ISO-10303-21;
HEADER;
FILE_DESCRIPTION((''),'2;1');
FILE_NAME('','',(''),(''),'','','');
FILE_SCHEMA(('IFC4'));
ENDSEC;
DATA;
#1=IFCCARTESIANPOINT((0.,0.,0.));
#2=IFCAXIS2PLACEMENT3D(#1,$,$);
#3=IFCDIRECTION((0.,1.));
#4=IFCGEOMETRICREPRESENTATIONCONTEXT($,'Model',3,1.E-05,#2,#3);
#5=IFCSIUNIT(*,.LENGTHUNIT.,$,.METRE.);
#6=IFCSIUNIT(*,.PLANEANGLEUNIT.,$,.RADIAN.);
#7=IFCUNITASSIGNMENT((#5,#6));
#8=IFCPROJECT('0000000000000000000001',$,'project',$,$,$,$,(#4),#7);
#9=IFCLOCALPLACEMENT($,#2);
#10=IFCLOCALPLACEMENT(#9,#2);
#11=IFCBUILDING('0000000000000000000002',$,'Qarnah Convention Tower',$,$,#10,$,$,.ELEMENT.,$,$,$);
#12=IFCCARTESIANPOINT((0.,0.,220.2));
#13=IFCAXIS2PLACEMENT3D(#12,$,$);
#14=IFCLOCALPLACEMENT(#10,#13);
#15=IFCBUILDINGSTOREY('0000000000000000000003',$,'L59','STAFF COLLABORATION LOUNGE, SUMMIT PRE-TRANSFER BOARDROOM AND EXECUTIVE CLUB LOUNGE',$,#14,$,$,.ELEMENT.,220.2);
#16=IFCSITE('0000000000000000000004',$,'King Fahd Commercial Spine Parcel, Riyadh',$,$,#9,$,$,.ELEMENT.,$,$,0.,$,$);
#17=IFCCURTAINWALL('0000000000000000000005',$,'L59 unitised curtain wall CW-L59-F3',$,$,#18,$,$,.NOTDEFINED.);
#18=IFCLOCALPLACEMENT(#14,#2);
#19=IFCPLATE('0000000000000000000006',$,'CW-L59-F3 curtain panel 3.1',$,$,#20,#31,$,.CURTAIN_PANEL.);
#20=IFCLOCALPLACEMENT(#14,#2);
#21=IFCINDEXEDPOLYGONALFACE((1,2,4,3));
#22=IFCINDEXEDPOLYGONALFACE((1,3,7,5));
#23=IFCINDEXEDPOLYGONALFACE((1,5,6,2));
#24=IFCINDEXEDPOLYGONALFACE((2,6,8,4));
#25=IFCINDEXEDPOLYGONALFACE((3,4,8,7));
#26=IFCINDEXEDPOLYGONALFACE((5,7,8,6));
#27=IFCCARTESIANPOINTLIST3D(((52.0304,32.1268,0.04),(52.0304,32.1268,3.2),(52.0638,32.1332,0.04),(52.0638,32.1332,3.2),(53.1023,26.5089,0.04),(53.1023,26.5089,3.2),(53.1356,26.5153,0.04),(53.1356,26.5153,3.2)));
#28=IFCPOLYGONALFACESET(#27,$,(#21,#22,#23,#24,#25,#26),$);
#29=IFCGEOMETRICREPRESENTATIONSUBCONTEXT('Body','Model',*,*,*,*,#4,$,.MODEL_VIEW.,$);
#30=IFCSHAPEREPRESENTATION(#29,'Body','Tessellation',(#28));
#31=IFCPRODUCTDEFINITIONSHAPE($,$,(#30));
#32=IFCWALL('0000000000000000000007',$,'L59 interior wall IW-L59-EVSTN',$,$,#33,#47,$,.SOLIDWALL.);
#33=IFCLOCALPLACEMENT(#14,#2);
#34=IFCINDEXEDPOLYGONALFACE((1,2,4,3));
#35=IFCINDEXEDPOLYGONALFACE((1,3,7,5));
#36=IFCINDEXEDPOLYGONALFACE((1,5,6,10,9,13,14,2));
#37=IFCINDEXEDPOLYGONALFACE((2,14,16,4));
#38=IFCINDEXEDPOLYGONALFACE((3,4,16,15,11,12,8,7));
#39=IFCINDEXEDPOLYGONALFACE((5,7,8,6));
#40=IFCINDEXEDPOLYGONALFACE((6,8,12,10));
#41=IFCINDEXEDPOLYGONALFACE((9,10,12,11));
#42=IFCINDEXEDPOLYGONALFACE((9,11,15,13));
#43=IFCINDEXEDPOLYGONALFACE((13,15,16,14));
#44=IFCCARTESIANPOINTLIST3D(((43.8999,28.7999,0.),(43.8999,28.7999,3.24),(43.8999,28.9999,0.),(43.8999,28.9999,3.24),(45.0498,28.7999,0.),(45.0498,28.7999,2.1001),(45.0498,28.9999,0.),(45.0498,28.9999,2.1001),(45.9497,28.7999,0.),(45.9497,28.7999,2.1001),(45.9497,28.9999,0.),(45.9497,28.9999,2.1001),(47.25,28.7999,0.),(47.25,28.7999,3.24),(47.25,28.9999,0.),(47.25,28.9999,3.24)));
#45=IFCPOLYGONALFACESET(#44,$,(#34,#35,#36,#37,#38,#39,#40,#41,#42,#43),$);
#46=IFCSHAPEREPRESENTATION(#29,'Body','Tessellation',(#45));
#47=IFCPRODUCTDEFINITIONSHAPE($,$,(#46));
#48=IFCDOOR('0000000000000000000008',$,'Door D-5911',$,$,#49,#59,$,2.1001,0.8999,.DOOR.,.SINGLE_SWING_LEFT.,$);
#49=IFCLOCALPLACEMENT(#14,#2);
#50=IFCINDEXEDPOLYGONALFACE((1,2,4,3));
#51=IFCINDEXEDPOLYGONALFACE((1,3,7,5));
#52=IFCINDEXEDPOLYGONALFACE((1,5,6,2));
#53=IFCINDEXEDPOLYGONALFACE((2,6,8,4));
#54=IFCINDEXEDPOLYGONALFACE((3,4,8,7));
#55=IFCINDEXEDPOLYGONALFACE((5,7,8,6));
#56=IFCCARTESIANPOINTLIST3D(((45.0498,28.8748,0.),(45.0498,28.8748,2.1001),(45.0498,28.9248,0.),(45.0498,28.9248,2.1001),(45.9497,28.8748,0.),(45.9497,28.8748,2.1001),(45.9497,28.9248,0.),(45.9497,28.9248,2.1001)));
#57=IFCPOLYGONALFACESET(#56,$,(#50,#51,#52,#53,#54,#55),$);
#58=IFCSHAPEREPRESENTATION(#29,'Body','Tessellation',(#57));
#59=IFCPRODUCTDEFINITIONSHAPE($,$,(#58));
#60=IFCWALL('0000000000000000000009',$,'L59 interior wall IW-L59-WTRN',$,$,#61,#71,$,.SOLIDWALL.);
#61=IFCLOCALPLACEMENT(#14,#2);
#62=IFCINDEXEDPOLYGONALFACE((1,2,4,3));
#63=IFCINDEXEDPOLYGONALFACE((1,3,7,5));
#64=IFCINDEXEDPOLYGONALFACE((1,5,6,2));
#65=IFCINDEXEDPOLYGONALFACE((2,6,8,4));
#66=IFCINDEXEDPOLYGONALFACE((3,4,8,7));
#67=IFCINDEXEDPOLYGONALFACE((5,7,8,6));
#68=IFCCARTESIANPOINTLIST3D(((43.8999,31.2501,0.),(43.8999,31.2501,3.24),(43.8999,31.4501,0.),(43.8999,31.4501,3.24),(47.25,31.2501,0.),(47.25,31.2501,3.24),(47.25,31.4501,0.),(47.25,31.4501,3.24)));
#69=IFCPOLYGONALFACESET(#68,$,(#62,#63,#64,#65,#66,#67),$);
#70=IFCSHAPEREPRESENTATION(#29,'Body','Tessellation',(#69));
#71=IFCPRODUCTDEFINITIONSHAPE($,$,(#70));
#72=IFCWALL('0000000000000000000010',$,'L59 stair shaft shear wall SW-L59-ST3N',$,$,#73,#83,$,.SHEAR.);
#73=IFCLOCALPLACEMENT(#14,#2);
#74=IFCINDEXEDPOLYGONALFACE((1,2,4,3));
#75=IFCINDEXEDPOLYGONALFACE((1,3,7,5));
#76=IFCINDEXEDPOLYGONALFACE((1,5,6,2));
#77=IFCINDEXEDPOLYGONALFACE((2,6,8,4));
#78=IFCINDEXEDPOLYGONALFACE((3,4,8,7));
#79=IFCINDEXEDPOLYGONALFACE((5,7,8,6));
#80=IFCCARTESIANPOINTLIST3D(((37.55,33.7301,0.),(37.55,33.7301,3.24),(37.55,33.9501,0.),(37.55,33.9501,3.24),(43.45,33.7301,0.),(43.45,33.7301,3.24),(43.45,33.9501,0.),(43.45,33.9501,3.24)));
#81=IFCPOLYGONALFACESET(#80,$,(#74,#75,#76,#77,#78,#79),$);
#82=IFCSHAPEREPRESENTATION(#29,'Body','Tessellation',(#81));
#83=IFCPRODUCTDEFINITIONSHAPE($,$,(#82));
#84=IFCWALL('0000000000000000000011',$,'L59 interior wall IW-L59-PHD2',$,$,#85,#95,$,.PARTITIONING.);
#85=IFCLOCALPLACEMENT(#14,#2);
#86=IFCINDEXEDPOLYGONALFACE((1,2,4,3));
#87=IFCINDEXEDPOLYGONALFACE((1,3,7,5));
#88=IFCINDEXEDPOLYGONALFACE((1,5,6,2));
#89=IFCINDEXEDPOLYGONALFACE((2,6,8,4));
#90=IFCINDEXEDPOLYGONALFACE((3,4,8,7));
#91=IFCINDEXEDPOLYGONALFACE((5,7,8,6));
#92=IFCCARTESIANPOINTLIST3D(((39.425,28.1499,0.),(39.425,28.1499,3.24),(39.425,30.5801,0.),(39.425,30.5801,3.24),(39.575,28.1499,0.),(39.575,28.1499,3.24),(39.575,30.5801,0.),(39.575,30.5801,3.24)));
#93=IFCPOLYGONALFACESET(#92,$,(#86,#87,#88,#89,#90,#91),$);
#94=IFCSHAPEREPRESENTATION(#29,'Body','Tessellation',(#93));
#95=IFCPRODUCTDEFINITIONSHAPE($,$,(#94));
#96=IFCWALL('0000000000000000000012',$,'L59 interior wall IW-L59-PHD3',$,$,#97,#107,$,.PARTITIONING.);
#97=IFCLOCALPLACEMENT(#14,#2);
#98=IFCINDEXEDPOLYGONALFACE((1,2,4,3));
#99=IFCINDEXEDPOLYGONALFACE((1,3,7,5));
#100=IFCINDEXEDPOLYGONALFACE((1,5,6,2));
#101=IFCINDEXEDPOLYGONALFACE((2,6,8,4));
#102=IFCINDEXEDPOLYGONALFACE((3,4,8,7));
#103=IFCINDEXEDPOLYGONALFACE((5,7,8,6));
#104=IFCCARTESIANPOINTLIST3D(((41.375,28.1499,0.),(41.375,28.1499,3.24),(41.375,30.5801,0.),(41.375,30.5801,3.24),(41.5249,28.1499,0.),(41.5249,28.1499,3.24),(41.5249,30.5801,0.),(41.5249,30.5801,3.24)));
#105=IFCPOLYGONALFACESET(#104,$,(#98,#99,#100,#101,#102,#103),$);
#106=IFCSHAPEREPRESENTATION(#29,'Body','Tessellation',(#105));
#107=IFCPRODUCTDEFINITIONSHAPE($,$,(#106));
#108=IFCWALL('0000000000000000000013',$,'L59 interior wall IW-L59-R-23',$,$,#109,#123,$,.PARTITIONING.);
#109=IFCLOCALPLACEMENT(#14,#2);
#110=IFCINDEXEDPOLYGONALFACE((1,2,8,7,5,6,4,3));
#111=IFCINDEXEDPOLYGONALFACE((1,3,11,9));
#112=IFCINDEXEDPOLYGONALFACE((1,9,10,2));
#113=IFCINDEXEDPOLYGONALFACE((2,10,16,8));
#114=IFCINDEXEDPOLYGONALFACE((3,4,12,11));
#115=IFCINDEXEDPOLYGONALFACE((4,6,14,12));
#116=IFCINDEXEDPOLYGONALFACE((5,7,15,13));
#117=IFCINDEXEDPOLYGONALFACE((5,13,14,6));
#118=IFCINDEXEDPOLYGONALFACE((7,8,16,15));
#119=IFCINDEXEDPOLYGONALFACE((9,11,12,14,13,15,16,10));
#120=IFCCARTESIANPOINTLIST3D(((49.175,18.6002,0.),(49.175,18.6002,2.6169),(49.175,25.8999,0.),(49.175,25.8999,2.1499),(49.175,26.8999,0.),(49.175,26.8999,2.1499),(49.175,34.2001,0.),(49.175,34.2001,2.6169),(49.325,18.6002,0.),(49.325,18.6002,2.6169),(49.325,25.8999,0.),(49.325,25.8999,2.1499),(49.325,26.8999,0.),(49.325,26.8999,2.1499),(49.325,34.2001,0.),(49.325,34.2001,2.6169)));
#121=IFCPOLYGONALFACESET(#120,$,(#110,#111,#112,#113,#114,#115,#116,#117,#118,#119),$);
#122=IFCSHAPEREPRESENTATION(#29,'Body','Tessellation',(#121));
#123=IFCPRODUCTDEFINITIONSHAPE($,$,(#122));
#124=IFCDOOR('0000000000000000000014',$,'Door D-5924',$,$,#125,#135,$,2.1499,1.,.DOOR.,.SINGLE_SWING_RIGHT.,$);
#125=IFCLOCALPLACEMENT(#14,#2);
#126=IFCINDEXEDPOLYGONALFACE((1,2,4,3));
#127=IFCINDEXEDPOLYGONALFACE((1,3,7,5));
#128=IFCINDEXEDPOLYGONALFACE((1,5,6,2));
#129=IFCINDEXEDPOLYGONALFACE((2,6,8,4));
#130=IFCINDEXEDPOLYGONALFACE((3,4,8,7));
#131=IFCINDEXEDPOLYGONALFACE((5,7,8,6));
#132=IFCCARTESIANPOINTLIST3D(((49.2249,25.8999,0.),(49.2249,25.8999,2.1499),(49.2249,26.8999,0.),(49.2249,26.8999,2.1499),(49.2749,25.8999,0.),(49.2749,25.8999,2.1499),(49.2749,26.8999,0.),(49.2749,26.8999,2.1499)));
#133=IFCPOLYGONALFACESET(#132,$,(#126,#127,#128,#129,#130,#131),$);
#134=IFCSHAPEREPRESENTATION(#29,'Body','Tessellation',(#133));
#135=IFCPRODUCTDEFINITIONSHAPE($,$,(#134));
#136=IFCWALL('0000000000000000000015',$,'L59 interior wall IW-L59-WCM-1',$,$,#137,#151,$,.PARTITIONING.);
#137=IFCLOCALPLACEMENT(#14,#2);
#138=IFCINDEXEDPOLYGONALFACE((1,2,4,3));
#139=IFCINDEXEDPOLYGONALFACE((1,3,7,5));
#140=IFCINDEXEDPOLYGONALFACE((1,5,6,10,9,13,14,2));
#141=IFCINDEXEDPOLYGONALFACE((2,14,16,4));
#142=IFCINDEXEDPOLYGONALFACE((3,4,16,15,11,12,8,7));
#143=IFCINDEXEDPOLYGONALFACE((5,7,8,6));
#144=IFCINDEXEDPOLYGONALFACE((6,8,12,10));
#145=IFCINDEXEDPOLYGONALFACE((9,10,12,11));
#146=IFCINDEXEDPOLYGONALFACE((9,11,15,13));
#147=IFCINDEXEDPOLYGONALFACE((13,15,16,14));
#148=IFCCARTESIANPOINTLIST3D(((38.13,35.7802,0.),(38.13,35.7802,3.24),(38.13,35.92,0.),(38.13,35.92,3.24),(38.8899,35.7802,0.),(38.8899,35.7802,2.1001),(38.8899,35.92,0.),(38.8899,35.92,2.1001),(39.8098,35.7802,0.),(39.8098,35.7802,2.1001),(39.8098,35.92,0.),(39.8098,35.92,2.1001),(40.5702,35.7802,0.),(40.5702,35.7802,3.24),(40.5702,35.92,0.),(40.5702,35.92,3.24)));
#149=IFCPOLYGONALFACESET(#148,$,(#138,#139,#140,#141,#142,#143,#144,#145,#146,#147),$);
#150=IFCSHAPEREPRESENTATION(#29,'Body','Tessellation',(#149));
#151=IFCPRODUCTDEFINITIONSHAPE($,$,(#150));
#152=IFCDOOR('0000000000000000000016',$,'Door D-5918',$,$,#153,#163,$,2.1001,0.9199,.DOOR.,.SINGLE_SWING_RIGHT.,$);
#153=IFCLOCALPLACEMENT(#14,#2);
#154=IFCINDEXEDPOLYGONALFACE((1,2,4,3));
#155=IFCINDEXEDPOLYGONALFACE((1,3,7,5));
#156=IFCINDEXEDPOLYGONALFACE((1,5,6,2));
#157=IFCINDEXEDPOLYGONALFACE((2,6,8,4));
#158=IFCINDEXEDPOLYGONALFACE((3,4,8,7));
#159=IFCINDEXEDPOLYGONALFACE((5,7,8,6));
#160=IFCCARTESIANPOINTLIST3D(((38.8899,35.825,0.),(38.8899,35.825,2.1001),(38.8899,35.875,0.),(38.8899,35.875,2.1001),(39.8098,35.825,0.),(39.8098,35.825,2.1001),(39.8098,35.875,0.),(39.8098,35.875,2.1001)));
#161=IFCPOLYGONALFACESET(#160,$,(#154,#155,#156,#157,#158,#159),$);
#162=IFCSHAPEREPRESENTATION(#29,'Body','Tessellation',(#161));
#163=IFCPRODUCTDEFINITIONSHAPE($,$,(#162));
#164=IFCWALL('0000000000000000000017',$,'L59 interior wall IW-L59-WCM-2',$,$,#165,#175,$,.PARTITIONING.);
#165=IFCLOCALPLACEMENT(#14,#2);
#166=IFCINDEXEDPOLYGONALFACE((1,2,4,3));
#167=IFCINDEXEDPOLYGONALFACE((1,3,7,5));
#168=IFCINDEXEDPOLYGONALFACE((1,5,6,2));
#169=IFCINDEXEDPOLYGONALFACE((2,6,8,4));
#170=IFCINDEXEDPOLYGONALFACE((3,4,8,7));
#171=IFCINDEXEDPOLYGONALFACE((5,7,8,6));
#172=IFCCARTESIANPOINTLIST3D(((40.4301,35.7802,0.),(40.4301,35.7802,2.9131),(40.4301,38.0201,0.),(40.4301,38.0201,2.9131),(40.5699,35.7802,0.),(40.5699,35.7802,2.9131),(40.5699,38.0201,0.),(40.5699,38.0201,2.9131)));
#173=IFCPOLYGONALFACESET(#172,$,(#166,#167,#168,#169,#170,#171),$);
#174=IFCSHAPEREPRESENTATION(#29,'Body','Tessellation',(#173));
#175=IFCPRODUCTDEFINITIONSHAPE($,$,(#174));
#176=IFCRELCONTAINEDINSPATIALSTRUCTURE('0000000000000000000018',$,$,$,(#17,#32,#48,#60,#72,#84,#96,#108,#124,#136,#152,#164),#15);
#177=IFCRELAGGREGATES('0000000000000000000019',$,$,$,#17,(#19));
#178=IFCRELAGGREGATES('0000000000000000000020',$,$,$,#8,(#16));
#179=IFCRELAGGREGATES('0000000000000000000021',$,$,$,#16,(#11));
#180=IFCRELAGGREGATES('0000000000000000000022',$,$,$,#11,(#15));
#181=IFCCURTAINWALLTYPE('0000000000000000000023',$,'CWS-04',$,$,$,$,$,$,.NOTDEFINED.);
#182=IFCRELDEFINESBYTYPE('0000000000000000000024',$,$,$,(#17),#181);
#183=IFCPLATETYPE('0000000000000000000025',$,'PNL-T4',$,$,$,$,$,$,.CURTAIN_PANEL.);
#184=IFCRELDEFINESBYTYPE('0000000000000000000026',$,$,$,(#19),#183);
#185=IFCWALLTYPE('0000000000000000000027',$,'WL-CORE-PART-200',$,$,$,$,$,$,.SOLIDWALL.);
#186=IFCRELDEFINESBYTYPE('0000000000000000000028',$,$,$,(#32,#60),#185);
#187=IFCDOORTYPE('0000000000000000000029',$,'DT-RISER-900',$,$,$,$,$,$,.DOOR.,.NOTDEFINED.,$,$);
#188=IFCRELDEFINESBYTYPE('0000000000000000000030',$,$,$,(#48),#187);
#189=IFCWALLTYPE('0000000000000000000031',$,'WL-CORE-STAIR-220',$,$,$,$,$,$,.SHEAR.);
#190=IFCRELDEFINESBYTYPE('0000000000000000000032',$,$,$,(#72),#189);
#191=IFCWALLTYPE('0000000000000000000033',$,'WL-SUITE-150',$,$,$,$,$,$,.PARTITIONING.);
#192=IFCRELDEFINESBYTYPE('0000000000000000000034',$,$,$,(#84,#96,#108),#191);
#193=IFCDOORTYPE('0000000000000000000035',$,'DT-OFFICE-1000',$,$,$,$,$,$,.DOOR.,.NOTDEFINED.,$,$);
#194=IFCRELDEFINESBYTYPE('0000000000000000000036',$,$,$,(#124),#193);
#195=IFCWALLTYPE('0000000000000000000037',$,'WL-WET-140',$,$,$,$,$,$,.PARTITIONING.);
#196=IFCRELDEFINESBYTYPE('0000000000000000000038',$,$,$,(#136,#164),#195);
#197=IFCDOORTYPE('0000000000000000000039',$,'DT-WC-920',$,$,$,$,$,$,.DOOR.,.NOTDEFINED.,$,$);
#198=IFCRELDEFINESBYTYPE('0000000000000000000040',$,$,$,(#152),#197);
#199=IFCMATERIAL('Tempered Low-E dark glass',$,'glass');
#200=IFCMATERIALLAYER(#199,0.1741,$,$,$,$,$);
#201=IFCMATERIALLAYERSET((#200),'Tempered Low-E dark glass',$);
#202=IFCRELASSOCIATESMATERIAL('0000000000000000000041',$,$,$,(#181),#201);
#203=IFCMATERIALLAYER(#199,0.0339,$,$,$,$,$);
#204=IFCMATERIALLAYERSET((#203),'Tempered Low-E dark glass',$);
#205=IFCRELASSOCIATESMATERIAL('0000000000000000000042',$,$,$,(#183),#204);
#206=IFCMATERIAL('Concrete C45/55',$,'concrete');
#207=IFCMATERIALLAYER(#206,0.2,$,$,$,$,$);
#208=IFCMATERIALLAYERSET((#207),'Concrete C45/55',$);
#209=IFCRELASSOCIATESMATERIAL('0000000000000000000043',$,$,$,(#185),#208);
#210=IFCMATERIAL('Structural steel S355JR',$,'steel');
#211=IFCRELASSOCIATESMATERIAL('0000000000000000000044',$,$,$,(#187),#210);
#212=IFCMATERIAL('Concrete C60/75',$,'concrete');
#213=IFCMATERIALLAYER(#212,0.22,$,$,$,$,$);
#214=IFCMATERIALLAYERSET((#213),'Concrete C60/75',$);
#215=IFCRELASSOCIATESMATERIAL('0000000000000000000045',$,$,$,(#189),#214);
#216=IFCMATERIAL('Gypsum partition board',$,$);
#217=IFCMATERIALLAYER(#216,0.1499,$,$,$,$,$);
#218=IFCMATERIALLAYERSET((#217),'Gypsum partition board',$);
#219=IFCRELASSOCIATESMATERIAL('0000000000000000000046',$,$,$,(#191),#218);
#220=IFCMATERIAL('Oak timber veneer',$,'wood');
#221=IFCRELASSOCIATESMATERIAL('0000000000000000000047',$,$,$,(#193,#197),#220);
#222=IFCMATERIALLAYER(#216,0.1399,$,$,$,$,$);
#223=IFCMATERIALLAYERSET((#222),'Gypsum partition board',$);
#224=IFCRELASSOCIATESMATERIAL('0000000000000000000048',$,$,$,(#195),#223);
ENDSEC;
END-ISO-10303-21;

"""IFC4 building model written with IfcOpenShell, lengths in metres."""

from ifc_helpers import new_model, si_unit, direction, frame, frame_2d, origin, origin_2d, place, context, subcontext, project, spatial, rectangle, extrude, material, layer, layer_set, type_object, element, fill, aggregate, save


model = new_model("IFC4")

# Units and contexts
model_context = context("Model", 3, precision=1e-05, world=origin(), true_north=direction((0.0, 1.0)))
body_context = subcontext(model_context, "Body", "Model", "MODEL_VIEW")
ifc_project = project(units=[si_unit("LENGTHUNIT", "METRE"), si_unit("PLANEANGLEUNIT", "RADIAN")], contexts=[model_context])

# Site, building, storey
site_placement = place(None, origin())
site = spatial("IfcSite", under=ifc_project, at=site_placement, Name="King Fahd Commercial Spine Parcel, Riyadh", CompositionType="ELEMENT", RefElevation=0.0)
building_placement = place(site_placement, origin())
building = spatial("IfcBuilding", under=site, at=building_placement, Name="Qarnah Convention Tower", CompositionType="ELEMENT")
storey_placement = place(building_placement, frame((0.0, 0.0, 220.2)))
storey = spatial("IfcBuildingStorey", under=building, at=storey_placement, Name="L59", Description="STAFF COLLABORATION LOUNGE, SUMMIT PRE-TRANSFER BOARDROOM AND EXECUTIVE CLUB LOUNGE", CompositionType="ELEMENT", Elevation=220.2)

# Shared definitions
ifc_material_1 = material(Name="Structural steel S355JR", Category="steel")

# Curtain wall, plate
ifc_material_2 = material(Name="Tempered Low-E dark glass", Category="glass")
ifc_layer_1 = layer(ifc_material_2, 0.1741)
ifc_layer_set_1 = layer_set([ifc_layer_1], Name="Tempered Low-E dark glass")
curtain_wall_type = type_object("IfcCurtainWallType", Name="CWS-04", PredefinedType="NOTDEFINED", material=ifc_layer_set_1)
curtain_wall_placement = place(storey_placement, origin())
curtain_wall = element("IfcCurtainWall", 1, at=curtain_wall_placement, inside=storey, type_object=curtain_wall_type, Name="L59 unitised curtain wall CW-L59-F3", PredefinedType="NOTDEFINED")
ifc_layer_2 = layer(ifc_material_2, 0.0339)
ifc_layer_set_2 = layer_set([ifc_layer_2], Name="Tempered Low-E dark glass")
plate_type = type_object("IfcPlateType", Name="PNL-T4", PredefinedType="CURTAIN_PANEL", material=ifc_layer_set_2)
plate_1_placement = place(storey_placement, frame((52.583, 29.321, 0.04), z_axis=(0.0, 0.0, 1.0), x_axis=(0.187407, -0.982282, 0.0)))
plate_1 = element("IfcPlate", 2, at=plate_1_placement, type_object=plate_type, Name="CW-L59-F3 curtain panel 3.1", PredefinedType="CURTAIN_PANEL", context=body_context, shape_type="SweptSolid", body=[
    extrude(rectangle(XDim=5.7192, YDim=0.0339, at=origin_2d()), origin(), (0.0, 0.0, 1.0), 3.1599),
])
aggregate(curtain_wall, [plate_1])

# Wall, opening, door
ifc_material_3 = material(Name="Concrete C45/55", Category="concrete")
ifc_layer_3 = layer(ifc_material_3, 0.2)
ifc_layer_set_3 = layer_set([ifc_layer_3], Name="Concrete C45/55")
wall_type_1 = type_object("IfcWallType", Name="WL-CORE-PART-200", PredefinedType="SOLIDWALL", material=ifc_layer_set_3)
wall_1_placement = place(storey_placement, frame((43.8999, 28.8999, 0.0), z_axis=(0.0, 0.0, 1.0), x_axis=(1.0, 0.0, 0.0)))
wall_1 = element("IfcWall", 3, at=wall_1_placement, inside=storey, type_object=wall_type_1, Name="L59 interior wall IW-L59-EVSTN", PredefinedType="SOLIDWALL", context=body_context, shape_type="SweptSolid", body=[
    extrude(rectangle(XDim=3.3501, YDim=0.2, at=frame_2d((1.675, 0.0))), origin(), (0.0, 0.0, 1.0), 3.24),
])
opening_1_placement = place(wall_1_placement, frame((1.1499, 0.0, 0.0)))
opening_1 = element("IfcOpeningElement", 4, at=opening_1_placement, cuts=wall_1, PredefinedType="OPENING", context=body_context, shape_type="SweptSolid", body=[
    extrude(rectangle(XDim=0.8999, YDim=2.1001, at=frame_2d((0.45, 1.05))), frame((0.0, 0.1099, 0.0), z_axis=(0.0, -1.0, 0.0), x_axis=(1.0, 0.0, 0.0)), (0.0, 0.0, 1.0), 0.22),
])
door_type_1 = type_object("IfcDoorType", Name="DT-RISER-900", OperationType="NOTDEFINED", PredefinedType="DOOR", material=ifc_material_1)
door_1_placement = place(opening_1_placement, origin())
door_1 = element("IfcDoor", 5, at=door_1_placement, inside=storey, type_object=door_type_1, Name="Door D-5911", OperationType="SINGLE_SWING_LEFT", OverallHeight=2.1001, OverallWidth=0.8999, PredefinedType="DOOR", context=body_context, shape_type="SweptSolid", body=[
    extrude(rectangle(XDim=0.8999, YDim=2.1001, at=frame_2d((0.45, 1.05))), frame((0.0, 0.0249, 0.0), z_axis=(0.0, -1.0, 0.0), x_axis=(1.0, 0.0, 0.0)), (0.0, 0.0, 1.0), 0.05),
])
fill(opening_1, door_1)

# Walls
wall_2_placement = place(storey_placement, frame((43.8999, 31.3501, 0.0), z_axis=(0.0, 0.0, 1.0), x_axis=(1.0, 0.0, 0.0)))
element("IfcWall", 6, at=wall_2_placement, inside=storey, type_object=wall_type_1, Name="L59 interior wall IW-L59-WTRN", PredefinedType="SOLIDWALL", context=body_context, shape_type="SweptSolid", body=[
    extrude(rectangle(XDim=3.3501, YDim=0.2, at=frame_2d((1.675, 0.0))), origin(), (0.0, 0.0, 1.0), 3.24),
])
ifc_material_4 = material(Name="Concrete C60/75", Category="concrete")
ifc_layer_4 = layer(ifc_material_4, 0.22)
ifc_layer_set_4 = layer_set([ifc_layer_4], Name="Concrete C60/75")
wall_type_2 = type_object("IfcWallType", Name="WL-CORE-STAIR-220", PredefinedType="SHEAR", material=ifc_layer_set_4)
wall_3_placement = place(storey_placement, frame((37.55, 33.8401, 0.0), z_axis=(0.0, 0.0, 1.0), x_axis=(1.0, 0.0, 0.0)))
element("IfcWall", 7, at=wall_3_placement, inside=storey, type_object=wall_type_2, Name="L59 stair shaft shear wall SW-L59-ST3N", PredefinedType="SHEAR", context=body_context, shape_type="SweptSolid", body=[
    extrude(rectangle(XDim=5.8999, YDim=0.22, at=frame_2d((2.95, 0.0))), origin(), (0.0, 0.0, 1.0), 3.24),
])
ifc_material_5 = material(Name="Gypsum partition board")
ifc_layer_5 = layer(ifc_material_5, 0.1499)
ifc_layer_set_5 = layer_set([ifc_layer_5], Name="Gypsum partition board")
wall_type_3 = type_object("IfcWallType", Name="WL-SUITE-150", PredefinedType="PARTITIONING", material=ifc_layer_set_5)
for number, where, z_axis, x_axis, name in (
    (8, (39.5, 28.1499, 0.0), (0.0, 0.0, 1.0), (0.0, 1.0, 0.0), "L59 interior wall IW-L59-PHD2"),
    (9, (41.45, 28.1499, 0.0), (0.0, 0.0, 1.0), (0.0, 1.0, 0.0), "L59 interior wall IW-L59-PHD3"),
):
    element("IfcWall", number, at=place(storey_placement, frame(where, z_axis=z_axis, x_axis=x_axis)), inside=storey, type_object=wall_type_3, Name=name, PredefinedType="PARTITIONING", context=body_context, shape_type="SweptSolid", body=[
        extrude(rectangle(XDim=2.4302, YDim=0.1499, at=frame_2d((1.2151, 0.0))), origin(), (0.0, 0.0, 1.0), 3.24),
    ])

# Walls, openings, doors
wall_4_placement = place(storey_placement, frame((49.25, 34.2, 0.0), z_axis=(0.0, 0.0, 1.0), x_axis=(0.0, -1.0, 0.0)))
wall_4 = element("IfcWall", 10, at=wall_4_placement, inside=storey, type_object=wall_type_3, Name="L59 interior wall IW-L59-R-23", PredefinedType="PARTITIONING", context=body_context, shape_type="SweptSolid", body=[
    extrude(rectangle(XDim=15.5999, YDim=0.1499, at=frame_2d((7.7998, 0.0))), origin(), (0.0, 0.0, 1.0), 2.6169),
])
opening_2_placement = place(wall_4_placement, frame((7.3, 0.0, 0.0)))
opening_2 = element("IfcOpeningElement", 11, at=opening_2_placement, cuts=wall_4, PredefinedType="OPENING", context=body_context, shape_type="SweptSolid", body=[
    extrude(rectangle(XDim=1.0, YDim=2.1499, at=frame_2d((0.5, 1.075))), frame((0.0, 0.085, 0.0), z_axis=(0.0, -1.0, 0.0), x_axis=(1.0, 0.0, 0.0)), (0.0, 0.0, 1.0), 0.1699),
])
ifc_material_6 = material(Name="Oak timber veneer", Category="wood")
door_type_2 = type_object("IfcDoorType", Name="DT-OFFICE-1000", OperationType="NOTDEFINED", PredefinedType="DOOR", material=ifc_material_6)
door_2_placement = place(opening_2_placement, origin())
door_2 = element("IfcDoor", 12, at=door_2_placement, inside=storey, type_object=door_type_2, Name="Door D-5924", OperationType="SINGLE_SWING_RIGHT", OverallHeight=2.1499, OverallWidth=1.0, PredefinedType="DOOR", context=body_context, shape_type="SweptSolid", body=[
    extrude(rectangle(XDim=1.0, YDim=2.1499, at=frame_2d((0.5, 1.075))), frame((0.0, 0.0249, 0.0), z_axis=(0.0, -1.0, 0.0), x_axis=(1.0, 0.0, 0.0)), (0.0, 0.0, 1.0), 0.05),
])
fill(opening_2, door_2)
ifc_layer_6 = layer(ifc_material_5, 0.1399)
ifc_layer_set_6 = layer_set([ifc_layer_6], Name="Gypsum partition board")
wall_type_4 = type_object("IfcWallType", Name="WL-WET-140", PredefinedType="PARTITIONING", material=ifc_layer_set_6)
wall_5_placement = place(storey_placement, frame((38.1299, 35.8501, 0.0), z_axis=(0.0, 0.0, 1.0), x_axis=(1.0, 0.0, 0.0)))
wall_5 = element("IfcWall", 13, at=wall_5_placement, inside=storey, type_object=wall_type_4, Name="L59 interior wall IW-L59-WCM-1", PredefinedType="PARTITIONING", context=body_context, shape_type="SweptSolid", body=[
    extrude(rectangle(XDim=2.4402, YDim=0.1399, at=frame_2d((1.2202, 0.0))), origin(), (0.0, 0.0, 1.0), 3.24),
])
opening_3_placement = place(wall_5_placement, frame((0.76, 0.0, 0.0)))
opening_3 = element("IfcOpeningElement", 14, at=opening_3_placement, cuts=wall_5, PredefinedType="OPENING", context=body_context, shape_type="SweptSolid", body=[
    extrude(rectangle(XDim=0.9199, YDim=2.1001, at=frame_2d((0.46, 1.05))), frame((0.0, 0.0798, 0.0), z_axis=(0.0, -1.0, 0.0), x_axis=(1.0, 0.0, 0.0)), (0.0, 0.0, 1.0), 0.1599),
])
door_type_3 = type_object("IfcDoorType", Name="DT-WC-920", OperationType="NOTDEFINED", PredefinedType="DOOR", material=ifc_material_6)
door_3_placement = place(opening_3_placement, origin())
door_3 = element("IfcDoor", 15, at=door_3_placement, inside=storey, type_object=door_type_3, Name="Door D-5918", OperationType="SINGLE_SWING_RIGHT", OverallHeight=2.1001, OverallWidth=0.9199, PredefinedType="DOOR", context=body_context, shape_type="SweptSolid", body=[
    extrude(rectangle(XDim=0.9199, YDim=2.1001, at=frame_2d((0.46, 1.05))), frame((0.0, 0.0249, 0.0), z_axis=(0.0, -1.0, 0.0), x_axis=(1.0, 0.0, 0.0)), (0.0, 0.0, 1.0), 0.05),
])
fill(opening_3, door_3)

# Wall
wall_6_placement = place(storey_placement, frame((40.5, 35.78, 0.0), z_axis=(0.0, 0.0, 1.0), x_axis=(0.0, 1.0, 0.0)))
element("IfcWall", 16, at=wall_6_placement, inside=storey, type_object=wall_type_4, Name="L59 interior wall IW-L59-WCM-2", PredefinedType="PARTITIONING", context=body_context, shape_type="SweptSolid", body=[
    extrude(rectangle(XDim=2.24, YDim=0.1399, at=frame_2d((1.1201, 0.0))), origin(), (0.0, 0.0, 1.0), 2.9131),
])

save(model, "model.ifc")
